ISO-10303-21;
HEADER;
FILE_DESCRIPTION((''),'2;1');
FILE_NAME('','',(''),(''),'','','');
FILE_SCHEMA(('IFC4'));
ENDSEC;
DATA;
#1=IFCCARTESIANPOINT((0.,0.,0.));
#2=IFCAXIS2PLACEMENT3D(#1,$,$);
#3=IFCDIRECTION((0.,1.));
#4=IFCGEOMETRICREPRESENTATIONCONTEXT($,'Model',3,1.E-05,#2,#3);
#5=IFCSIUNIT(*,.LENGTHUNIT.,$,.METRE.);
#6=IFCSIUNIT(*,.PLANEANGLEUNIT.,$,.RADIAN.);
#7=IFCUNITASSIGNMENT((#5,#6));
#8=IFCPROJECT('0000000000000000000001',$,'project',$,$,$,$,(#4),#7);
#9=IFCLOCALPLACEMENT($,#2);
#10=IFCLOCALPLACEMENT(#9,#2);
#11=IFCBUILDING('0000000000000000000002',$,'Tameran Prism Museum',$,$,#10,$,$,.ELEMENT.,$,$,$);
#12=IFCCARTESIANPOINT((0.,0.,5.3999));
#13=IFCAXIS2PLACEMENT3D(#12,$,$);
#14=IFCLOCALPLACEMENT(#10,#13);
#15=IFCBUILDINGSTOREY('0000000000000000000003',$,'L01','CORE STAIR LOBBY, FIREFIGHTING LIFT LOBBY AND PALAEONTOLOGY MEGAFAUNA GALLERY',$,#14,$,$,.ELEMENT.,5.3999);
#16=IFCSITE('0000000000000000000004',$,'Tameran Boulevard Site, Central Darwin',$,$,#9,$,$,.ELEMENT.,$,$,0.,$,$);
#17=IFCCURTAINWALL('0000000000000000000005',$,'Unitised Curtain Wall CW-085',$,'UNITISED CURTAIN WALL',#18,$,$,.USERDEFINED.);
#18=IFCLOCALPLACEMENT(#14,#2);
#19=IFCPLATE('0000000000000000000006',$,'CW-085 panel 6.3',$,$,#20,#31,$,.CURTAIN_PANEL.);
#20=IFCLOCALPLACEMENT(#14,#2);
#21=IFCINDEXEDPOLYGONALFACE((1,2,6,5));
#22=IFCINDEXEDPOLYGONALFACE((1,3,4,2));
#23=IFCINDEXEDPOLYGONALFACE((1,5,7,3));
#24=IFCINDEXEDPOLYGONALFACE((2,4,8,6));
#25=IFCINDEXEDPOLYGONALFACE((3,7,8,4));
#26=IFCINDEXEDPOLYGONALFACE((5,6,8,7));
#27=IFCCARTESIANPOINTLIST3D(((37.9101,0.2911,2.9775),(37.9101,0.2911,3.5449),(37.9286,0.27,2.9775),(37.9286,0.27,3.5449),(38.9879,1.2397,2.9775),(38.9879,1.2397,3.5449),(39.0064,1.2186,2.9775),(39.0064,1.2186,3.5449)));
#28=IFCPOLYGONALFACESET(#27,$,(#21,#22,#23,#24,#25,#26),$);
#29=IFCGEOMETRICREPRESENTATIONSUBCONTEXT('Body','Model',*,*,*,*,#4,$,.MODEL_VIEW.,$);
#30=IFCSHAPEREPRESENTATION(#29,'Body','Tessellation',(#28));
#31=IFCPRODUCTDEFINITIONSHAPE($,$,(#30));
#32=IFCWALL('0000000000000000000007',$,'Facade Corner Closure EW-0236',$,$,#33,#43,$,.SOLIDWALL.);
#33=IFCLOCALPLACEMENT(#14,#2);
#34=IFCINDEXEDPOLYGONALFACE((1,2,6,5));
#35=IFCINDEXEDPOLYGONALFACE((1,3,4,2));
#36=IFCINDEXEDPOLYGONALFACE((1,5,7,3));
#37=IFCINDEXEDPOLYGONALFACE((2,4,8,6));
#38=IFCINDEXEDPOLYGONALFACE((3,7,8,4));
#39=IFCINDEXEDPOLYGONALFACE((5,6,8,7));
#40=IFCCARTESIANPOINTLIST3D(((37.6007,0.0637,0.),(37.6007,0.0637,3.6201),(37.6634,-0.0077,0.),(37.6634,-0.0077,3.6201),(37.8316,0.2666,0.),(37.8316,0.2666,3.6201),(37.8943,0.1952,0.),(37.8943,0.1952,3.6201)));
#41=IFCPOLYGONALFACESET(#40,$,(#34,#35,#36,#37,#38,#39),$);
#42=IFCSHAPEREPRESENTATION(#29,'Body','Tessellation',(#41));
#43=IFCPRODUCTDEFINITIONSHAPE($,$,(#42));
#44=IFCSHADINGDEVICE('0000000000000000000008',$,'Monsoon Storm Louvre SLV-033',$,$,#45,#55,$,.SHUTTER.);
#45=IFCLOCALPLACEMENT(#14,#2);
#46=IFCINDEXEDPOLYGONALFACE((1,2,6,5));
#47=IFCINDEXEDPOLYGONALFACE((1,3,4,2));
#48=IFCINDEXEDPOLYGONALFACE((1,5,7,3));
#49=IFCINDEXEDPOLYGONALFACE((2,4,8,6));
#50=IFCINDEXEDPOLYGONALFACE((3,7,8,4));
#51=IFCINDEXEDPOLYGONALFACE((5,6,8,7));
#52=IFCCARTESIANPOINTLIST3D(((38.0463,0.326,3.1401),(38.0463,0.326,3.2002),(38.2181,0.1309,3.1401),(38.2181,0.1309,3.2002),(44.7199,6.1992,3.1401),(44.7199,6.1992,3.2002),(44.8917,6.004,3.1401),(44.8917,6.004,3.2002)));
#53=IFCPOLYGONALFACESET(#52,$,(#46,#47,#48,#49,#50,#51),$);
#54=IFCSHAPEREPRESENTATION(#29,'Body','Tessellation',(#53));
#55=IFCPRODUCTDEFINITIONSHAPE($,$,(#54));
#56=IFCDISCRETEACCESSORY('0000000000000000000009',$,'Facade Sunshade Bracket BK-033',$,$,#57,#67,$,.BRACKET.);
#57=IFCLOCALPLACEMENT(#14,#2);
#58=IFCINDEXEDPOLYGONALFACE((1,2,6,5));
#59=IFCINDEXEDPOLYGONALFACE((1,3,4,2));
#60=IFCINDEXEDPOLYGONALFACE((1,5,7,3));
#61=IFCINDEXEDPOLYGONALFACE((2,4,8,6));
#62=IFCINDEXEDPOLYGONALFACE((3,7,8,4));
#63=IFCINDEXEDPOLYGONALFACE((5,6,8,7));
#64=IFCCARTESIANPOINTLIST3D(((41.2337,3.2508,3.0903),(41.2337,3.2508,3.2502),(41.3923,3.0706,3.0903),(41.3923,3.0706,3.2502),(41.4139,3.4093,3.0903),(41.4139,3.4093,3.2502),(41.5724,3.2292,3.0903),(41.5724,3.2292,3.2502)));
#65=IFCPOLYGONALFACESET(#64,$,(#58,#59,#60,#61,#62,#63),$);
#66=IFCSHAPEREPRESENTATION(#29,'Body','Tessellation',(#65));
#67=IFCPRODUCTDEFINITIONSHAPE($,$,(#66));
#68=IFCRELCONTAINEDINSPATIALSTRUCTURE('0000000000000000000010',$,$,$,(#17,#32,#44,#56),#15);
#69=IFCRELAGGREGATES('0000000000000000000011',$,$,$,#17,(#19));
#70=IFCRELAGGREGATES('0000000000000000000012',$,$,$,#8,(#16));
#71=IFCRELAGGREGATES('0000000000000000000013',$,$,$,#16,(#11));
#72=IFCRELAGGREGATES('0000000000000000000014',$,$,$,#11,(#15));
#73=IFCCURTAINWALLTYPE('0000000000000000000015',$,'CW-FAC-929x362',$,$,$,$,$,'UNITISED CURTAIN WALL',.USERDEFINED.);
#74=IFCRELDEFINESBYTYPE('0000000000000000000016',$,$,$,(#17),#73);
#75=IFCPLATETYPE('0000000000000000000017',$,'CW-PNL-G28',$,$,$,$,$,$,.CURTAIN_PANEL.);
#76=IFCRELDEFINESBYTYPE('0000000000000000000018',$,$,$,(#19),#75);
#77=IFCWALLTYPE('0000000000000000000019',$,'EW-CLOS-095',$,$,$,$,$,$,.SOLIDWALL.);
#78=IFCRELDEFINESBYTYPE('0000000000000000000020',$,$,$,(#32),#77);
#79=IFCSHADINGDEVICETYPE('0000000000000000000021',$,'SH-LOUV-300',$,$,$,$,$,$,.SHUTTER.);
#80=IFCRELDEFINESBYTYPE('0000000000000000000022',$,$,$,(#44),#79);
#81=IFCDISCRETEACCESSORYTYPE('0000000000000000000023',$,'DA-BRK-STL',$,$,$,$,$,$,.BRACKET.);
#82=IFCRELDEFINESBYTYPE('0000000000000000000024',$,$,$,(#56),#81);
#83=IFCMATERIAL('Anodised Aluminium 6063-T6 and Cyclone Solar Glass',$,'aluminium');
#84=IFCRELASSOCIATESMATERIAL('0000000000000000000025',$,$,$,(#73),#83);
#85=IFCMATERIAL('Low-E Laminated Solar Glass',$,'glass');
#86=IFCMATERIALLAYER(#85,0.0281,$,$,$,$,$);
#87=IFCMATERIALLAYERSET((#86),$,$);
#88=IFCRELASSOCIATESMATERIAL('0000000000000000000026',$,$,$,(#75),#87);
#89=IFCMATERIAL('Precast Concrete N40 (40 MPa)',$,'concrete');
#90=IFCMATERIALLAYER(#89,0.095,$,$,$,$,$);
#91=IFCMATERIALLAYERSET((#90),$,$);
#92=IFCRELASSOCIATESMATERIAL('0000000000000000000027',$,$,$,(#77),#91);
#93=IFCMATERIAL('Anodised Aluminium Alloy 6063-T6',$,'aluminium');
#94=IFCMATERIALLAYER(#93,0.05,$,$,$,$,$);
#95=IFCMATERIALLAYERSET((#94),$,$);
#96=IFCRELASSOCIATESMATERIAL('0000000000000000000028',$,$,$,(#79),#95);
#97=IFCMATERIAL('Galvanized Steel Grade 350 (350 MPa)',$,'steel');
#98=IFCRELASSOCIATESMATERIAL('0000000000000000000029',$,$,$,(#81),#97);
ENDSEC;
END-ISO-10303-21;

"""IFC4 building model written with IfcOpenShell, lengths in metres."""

from ifc_helpers import new_model, si_unit, direction, frame, frame_2d, origin, origin_2d, place, context, subcontext, project, spatial, rectangle, extrude, material, layer, layer_set, type_object, element, aggregate, save


model = new_model("IFC4")

# Units and contexts
model_context = context("Model", 3, precision=1e-05, world=origin(), true_north=direction((0.0, 1.0)))
body_context = subcontext(model_context, "Body", "Model", "MODEL_VIEW")
ifc_project = project(units=[si_unit("LENGTHUNIT", "METRE"), si_unit("PLANEANGLEUNIT", "RADIAN")], contexts=[model_context])

# Site, building, storey
site_placement = place(None, origin())
site = spatial("IfcSite", under=ifc_project, at=site_placement, Name="Tameran Boulevard Site, Central Darwin", CompositionType="ELEMENT", RefElevation=0.0)
building_placement = place(site_placement, origin())
building = spatial("IfcBuilding", under=site, at=building_placement, Name="Tameran Prism Museum", CompositionType="ELEMENT")
storey_placement = place(building_placement, frame((0.0, 0.0, 5.3999)))
storey = spatial("IfcBuildingStorey", under=building, at=storey_placement, Name="L01", Description="CORE STAIR LOBBY, FIREFIGHTING LIFT LOBBY AND PALAEONTOLOGY MEGAFAUNA GALLERY", CompositionType="ELEMENT", Elevation=5.3999)

# Curtain wall, plate
ifc_material_1 = material(Name="Anodised Aluminium 6063-T6 and Cyclone Solar Glass", Category="aluminium")
curtain_wall_type = type_object("IfcCurtainWallType", Name="CW-FAC-929x362", ElementType="UNITISED CURTAIN WALL", PredefinedType="USERDEFINED", material=ifc_material_1)
curtain_wall_placement = place(storey_placement, origin())
curtain_wall = element("IfcCurtainWall", 1, at=curtain_wall_placement, inside=storey, type_object=curtain_wall_type, Name="Unitised Curtain Wall CW-085", ObjectType="UNITISED CURTAIN WALL", PredefinedType="USERDEFINED")
ifc_material_2 = material(Name="Low-E Laminated Solar Glass", Category="glass")
ifc_layer_1 = layer(ifc_material_2, 0.0281)
ifc_layer_set_1 = layer_set([ifc_layer_1])
plate_type = type_object("IfcPlateType", Name="CW-PNL-G28", PredefinedType="CURTAIN_PANEL", material=ifc_layer_set_1)
plate_1_placement = place(storey_placement, frame((38.4583, 0.7549, 2.9775), z_axis=(0.0, 0.0, 1.0), x_axis=(-0.750667, -0.660681, 0.0)))
plate_1 = element("IfcPlate", 2, at=plate_1_placement, type_object=plate_type, Name="CW-085 panel 6.3", PredefinedType="CURTAIN_PANEL", context=body_context, shape_type="SweptSolid", body=[
    extrude(rectangle(XDim=1.4358, YDim=0.0281, at=origin_2d()), origin(), (0.0, 0.0, 1.0), 0.5674),
])
aggregate(curtain_wall, [plate_1])

# Wall
ifc_material_3 = material(Name="Precast Concrete N40 (40 MPa)", Category="concrete")
ifc_layer_2 = layer(ifc_material_3, 0.095)
ifc_layer_set_2 = layer_set([ifc_layer_2])
wall_type = type_object("IfcWallType", Name="EW-CLOS-095", PredefinedType="SOLIDWALL", material=ifc_layer_set_2)
wall_placement = place(storey_placement, frame((37.863, 0.231, 0.0), z_axis=(0.0, 0.0, 1.0), x_axis=(-0.751296, -0.659965, 0.0)))
element("IfcWall", 3, at=wall_placement, inside=storey, type_object=wall_type, Name="Facade Corner Closure EW-0236", PredefinedType="SOLIDWALL", context=body_context, shape_type="SweptSolid", body=[
    extrude(rectangle(XDim=0.3074, YDim=0.095, at=frame_2d((0.1538, 0.0))), origin(), (0.0, 0.0, 1.0), 3.6201),
])

# Shading device
ifc_material_4 = material(Name="Anodised Aluminium Alloy 6063-T6", Category="aluminium")
ifc_layer_3 = layer(ifc_material_4, 0.05)
ifc_layer_set_3 = layer_set([ifc_layer_3])
shading_device_type = type_object("IfcShadingDeviceType", Name="SH-LOUV-300", PredefinedType="SHUTTER", material=ifc_layer_set_3)
shading_device_placement = place(storey_placement, frame((41.469, 3.165, 3.1401), z_axis=(0.0, 0.0, 1.0), x_axis=(-0.750688, -0.660657, 0.0)))
element("IfcShadingDevice", 4, at=shading_device_placement, inside=storey, type_object=shading_device_type, Name="Monsoon Storm Louvre SLV-033", PredefinedType="SHUTTER", context=body_context, shape_type="SweptSolid", body=[
    extrude(rectangle(XDim=8.8899, YDim=0.26, at=origin_2d()), origin(), (0.0, 0.0, 1.0), 0.0601),
])

# Discrete accessory
ifc_material_5 = material(Name="Galvanized Steel Grade 350 (350 MPa)", Category="steel")
discrete_accessory_type = type_object("IfcDiscreteAccessoryType", Name="DA-BRK-STL", PredefinedType="BRACKET", material=ifc_material_5)
discrete_accessory_placement = place(storey_placement, frame((41.4031, 3.24, 3.0903), z_axis=(0.0, 0.0, 1.0), x_axis=(-0.750688, -0.660657, 0.0)))
element("IfcDiscreteAccessory", 5, at=discrete_accessory_placement, inside=storey, type_object=discrete_accessory_type, Name="Facade Sunshade Bracket BK-033", PredefinedType="BRACKET", context=body_context, shape_type="SweptSolid", body=[
    extrude(rectangle(XDim=0.24, YDim=0.24, at=origin_2d()), origin(), (0.0, 0.0, 1.0), 0.1599),
])

save(model, "model.ifc")
